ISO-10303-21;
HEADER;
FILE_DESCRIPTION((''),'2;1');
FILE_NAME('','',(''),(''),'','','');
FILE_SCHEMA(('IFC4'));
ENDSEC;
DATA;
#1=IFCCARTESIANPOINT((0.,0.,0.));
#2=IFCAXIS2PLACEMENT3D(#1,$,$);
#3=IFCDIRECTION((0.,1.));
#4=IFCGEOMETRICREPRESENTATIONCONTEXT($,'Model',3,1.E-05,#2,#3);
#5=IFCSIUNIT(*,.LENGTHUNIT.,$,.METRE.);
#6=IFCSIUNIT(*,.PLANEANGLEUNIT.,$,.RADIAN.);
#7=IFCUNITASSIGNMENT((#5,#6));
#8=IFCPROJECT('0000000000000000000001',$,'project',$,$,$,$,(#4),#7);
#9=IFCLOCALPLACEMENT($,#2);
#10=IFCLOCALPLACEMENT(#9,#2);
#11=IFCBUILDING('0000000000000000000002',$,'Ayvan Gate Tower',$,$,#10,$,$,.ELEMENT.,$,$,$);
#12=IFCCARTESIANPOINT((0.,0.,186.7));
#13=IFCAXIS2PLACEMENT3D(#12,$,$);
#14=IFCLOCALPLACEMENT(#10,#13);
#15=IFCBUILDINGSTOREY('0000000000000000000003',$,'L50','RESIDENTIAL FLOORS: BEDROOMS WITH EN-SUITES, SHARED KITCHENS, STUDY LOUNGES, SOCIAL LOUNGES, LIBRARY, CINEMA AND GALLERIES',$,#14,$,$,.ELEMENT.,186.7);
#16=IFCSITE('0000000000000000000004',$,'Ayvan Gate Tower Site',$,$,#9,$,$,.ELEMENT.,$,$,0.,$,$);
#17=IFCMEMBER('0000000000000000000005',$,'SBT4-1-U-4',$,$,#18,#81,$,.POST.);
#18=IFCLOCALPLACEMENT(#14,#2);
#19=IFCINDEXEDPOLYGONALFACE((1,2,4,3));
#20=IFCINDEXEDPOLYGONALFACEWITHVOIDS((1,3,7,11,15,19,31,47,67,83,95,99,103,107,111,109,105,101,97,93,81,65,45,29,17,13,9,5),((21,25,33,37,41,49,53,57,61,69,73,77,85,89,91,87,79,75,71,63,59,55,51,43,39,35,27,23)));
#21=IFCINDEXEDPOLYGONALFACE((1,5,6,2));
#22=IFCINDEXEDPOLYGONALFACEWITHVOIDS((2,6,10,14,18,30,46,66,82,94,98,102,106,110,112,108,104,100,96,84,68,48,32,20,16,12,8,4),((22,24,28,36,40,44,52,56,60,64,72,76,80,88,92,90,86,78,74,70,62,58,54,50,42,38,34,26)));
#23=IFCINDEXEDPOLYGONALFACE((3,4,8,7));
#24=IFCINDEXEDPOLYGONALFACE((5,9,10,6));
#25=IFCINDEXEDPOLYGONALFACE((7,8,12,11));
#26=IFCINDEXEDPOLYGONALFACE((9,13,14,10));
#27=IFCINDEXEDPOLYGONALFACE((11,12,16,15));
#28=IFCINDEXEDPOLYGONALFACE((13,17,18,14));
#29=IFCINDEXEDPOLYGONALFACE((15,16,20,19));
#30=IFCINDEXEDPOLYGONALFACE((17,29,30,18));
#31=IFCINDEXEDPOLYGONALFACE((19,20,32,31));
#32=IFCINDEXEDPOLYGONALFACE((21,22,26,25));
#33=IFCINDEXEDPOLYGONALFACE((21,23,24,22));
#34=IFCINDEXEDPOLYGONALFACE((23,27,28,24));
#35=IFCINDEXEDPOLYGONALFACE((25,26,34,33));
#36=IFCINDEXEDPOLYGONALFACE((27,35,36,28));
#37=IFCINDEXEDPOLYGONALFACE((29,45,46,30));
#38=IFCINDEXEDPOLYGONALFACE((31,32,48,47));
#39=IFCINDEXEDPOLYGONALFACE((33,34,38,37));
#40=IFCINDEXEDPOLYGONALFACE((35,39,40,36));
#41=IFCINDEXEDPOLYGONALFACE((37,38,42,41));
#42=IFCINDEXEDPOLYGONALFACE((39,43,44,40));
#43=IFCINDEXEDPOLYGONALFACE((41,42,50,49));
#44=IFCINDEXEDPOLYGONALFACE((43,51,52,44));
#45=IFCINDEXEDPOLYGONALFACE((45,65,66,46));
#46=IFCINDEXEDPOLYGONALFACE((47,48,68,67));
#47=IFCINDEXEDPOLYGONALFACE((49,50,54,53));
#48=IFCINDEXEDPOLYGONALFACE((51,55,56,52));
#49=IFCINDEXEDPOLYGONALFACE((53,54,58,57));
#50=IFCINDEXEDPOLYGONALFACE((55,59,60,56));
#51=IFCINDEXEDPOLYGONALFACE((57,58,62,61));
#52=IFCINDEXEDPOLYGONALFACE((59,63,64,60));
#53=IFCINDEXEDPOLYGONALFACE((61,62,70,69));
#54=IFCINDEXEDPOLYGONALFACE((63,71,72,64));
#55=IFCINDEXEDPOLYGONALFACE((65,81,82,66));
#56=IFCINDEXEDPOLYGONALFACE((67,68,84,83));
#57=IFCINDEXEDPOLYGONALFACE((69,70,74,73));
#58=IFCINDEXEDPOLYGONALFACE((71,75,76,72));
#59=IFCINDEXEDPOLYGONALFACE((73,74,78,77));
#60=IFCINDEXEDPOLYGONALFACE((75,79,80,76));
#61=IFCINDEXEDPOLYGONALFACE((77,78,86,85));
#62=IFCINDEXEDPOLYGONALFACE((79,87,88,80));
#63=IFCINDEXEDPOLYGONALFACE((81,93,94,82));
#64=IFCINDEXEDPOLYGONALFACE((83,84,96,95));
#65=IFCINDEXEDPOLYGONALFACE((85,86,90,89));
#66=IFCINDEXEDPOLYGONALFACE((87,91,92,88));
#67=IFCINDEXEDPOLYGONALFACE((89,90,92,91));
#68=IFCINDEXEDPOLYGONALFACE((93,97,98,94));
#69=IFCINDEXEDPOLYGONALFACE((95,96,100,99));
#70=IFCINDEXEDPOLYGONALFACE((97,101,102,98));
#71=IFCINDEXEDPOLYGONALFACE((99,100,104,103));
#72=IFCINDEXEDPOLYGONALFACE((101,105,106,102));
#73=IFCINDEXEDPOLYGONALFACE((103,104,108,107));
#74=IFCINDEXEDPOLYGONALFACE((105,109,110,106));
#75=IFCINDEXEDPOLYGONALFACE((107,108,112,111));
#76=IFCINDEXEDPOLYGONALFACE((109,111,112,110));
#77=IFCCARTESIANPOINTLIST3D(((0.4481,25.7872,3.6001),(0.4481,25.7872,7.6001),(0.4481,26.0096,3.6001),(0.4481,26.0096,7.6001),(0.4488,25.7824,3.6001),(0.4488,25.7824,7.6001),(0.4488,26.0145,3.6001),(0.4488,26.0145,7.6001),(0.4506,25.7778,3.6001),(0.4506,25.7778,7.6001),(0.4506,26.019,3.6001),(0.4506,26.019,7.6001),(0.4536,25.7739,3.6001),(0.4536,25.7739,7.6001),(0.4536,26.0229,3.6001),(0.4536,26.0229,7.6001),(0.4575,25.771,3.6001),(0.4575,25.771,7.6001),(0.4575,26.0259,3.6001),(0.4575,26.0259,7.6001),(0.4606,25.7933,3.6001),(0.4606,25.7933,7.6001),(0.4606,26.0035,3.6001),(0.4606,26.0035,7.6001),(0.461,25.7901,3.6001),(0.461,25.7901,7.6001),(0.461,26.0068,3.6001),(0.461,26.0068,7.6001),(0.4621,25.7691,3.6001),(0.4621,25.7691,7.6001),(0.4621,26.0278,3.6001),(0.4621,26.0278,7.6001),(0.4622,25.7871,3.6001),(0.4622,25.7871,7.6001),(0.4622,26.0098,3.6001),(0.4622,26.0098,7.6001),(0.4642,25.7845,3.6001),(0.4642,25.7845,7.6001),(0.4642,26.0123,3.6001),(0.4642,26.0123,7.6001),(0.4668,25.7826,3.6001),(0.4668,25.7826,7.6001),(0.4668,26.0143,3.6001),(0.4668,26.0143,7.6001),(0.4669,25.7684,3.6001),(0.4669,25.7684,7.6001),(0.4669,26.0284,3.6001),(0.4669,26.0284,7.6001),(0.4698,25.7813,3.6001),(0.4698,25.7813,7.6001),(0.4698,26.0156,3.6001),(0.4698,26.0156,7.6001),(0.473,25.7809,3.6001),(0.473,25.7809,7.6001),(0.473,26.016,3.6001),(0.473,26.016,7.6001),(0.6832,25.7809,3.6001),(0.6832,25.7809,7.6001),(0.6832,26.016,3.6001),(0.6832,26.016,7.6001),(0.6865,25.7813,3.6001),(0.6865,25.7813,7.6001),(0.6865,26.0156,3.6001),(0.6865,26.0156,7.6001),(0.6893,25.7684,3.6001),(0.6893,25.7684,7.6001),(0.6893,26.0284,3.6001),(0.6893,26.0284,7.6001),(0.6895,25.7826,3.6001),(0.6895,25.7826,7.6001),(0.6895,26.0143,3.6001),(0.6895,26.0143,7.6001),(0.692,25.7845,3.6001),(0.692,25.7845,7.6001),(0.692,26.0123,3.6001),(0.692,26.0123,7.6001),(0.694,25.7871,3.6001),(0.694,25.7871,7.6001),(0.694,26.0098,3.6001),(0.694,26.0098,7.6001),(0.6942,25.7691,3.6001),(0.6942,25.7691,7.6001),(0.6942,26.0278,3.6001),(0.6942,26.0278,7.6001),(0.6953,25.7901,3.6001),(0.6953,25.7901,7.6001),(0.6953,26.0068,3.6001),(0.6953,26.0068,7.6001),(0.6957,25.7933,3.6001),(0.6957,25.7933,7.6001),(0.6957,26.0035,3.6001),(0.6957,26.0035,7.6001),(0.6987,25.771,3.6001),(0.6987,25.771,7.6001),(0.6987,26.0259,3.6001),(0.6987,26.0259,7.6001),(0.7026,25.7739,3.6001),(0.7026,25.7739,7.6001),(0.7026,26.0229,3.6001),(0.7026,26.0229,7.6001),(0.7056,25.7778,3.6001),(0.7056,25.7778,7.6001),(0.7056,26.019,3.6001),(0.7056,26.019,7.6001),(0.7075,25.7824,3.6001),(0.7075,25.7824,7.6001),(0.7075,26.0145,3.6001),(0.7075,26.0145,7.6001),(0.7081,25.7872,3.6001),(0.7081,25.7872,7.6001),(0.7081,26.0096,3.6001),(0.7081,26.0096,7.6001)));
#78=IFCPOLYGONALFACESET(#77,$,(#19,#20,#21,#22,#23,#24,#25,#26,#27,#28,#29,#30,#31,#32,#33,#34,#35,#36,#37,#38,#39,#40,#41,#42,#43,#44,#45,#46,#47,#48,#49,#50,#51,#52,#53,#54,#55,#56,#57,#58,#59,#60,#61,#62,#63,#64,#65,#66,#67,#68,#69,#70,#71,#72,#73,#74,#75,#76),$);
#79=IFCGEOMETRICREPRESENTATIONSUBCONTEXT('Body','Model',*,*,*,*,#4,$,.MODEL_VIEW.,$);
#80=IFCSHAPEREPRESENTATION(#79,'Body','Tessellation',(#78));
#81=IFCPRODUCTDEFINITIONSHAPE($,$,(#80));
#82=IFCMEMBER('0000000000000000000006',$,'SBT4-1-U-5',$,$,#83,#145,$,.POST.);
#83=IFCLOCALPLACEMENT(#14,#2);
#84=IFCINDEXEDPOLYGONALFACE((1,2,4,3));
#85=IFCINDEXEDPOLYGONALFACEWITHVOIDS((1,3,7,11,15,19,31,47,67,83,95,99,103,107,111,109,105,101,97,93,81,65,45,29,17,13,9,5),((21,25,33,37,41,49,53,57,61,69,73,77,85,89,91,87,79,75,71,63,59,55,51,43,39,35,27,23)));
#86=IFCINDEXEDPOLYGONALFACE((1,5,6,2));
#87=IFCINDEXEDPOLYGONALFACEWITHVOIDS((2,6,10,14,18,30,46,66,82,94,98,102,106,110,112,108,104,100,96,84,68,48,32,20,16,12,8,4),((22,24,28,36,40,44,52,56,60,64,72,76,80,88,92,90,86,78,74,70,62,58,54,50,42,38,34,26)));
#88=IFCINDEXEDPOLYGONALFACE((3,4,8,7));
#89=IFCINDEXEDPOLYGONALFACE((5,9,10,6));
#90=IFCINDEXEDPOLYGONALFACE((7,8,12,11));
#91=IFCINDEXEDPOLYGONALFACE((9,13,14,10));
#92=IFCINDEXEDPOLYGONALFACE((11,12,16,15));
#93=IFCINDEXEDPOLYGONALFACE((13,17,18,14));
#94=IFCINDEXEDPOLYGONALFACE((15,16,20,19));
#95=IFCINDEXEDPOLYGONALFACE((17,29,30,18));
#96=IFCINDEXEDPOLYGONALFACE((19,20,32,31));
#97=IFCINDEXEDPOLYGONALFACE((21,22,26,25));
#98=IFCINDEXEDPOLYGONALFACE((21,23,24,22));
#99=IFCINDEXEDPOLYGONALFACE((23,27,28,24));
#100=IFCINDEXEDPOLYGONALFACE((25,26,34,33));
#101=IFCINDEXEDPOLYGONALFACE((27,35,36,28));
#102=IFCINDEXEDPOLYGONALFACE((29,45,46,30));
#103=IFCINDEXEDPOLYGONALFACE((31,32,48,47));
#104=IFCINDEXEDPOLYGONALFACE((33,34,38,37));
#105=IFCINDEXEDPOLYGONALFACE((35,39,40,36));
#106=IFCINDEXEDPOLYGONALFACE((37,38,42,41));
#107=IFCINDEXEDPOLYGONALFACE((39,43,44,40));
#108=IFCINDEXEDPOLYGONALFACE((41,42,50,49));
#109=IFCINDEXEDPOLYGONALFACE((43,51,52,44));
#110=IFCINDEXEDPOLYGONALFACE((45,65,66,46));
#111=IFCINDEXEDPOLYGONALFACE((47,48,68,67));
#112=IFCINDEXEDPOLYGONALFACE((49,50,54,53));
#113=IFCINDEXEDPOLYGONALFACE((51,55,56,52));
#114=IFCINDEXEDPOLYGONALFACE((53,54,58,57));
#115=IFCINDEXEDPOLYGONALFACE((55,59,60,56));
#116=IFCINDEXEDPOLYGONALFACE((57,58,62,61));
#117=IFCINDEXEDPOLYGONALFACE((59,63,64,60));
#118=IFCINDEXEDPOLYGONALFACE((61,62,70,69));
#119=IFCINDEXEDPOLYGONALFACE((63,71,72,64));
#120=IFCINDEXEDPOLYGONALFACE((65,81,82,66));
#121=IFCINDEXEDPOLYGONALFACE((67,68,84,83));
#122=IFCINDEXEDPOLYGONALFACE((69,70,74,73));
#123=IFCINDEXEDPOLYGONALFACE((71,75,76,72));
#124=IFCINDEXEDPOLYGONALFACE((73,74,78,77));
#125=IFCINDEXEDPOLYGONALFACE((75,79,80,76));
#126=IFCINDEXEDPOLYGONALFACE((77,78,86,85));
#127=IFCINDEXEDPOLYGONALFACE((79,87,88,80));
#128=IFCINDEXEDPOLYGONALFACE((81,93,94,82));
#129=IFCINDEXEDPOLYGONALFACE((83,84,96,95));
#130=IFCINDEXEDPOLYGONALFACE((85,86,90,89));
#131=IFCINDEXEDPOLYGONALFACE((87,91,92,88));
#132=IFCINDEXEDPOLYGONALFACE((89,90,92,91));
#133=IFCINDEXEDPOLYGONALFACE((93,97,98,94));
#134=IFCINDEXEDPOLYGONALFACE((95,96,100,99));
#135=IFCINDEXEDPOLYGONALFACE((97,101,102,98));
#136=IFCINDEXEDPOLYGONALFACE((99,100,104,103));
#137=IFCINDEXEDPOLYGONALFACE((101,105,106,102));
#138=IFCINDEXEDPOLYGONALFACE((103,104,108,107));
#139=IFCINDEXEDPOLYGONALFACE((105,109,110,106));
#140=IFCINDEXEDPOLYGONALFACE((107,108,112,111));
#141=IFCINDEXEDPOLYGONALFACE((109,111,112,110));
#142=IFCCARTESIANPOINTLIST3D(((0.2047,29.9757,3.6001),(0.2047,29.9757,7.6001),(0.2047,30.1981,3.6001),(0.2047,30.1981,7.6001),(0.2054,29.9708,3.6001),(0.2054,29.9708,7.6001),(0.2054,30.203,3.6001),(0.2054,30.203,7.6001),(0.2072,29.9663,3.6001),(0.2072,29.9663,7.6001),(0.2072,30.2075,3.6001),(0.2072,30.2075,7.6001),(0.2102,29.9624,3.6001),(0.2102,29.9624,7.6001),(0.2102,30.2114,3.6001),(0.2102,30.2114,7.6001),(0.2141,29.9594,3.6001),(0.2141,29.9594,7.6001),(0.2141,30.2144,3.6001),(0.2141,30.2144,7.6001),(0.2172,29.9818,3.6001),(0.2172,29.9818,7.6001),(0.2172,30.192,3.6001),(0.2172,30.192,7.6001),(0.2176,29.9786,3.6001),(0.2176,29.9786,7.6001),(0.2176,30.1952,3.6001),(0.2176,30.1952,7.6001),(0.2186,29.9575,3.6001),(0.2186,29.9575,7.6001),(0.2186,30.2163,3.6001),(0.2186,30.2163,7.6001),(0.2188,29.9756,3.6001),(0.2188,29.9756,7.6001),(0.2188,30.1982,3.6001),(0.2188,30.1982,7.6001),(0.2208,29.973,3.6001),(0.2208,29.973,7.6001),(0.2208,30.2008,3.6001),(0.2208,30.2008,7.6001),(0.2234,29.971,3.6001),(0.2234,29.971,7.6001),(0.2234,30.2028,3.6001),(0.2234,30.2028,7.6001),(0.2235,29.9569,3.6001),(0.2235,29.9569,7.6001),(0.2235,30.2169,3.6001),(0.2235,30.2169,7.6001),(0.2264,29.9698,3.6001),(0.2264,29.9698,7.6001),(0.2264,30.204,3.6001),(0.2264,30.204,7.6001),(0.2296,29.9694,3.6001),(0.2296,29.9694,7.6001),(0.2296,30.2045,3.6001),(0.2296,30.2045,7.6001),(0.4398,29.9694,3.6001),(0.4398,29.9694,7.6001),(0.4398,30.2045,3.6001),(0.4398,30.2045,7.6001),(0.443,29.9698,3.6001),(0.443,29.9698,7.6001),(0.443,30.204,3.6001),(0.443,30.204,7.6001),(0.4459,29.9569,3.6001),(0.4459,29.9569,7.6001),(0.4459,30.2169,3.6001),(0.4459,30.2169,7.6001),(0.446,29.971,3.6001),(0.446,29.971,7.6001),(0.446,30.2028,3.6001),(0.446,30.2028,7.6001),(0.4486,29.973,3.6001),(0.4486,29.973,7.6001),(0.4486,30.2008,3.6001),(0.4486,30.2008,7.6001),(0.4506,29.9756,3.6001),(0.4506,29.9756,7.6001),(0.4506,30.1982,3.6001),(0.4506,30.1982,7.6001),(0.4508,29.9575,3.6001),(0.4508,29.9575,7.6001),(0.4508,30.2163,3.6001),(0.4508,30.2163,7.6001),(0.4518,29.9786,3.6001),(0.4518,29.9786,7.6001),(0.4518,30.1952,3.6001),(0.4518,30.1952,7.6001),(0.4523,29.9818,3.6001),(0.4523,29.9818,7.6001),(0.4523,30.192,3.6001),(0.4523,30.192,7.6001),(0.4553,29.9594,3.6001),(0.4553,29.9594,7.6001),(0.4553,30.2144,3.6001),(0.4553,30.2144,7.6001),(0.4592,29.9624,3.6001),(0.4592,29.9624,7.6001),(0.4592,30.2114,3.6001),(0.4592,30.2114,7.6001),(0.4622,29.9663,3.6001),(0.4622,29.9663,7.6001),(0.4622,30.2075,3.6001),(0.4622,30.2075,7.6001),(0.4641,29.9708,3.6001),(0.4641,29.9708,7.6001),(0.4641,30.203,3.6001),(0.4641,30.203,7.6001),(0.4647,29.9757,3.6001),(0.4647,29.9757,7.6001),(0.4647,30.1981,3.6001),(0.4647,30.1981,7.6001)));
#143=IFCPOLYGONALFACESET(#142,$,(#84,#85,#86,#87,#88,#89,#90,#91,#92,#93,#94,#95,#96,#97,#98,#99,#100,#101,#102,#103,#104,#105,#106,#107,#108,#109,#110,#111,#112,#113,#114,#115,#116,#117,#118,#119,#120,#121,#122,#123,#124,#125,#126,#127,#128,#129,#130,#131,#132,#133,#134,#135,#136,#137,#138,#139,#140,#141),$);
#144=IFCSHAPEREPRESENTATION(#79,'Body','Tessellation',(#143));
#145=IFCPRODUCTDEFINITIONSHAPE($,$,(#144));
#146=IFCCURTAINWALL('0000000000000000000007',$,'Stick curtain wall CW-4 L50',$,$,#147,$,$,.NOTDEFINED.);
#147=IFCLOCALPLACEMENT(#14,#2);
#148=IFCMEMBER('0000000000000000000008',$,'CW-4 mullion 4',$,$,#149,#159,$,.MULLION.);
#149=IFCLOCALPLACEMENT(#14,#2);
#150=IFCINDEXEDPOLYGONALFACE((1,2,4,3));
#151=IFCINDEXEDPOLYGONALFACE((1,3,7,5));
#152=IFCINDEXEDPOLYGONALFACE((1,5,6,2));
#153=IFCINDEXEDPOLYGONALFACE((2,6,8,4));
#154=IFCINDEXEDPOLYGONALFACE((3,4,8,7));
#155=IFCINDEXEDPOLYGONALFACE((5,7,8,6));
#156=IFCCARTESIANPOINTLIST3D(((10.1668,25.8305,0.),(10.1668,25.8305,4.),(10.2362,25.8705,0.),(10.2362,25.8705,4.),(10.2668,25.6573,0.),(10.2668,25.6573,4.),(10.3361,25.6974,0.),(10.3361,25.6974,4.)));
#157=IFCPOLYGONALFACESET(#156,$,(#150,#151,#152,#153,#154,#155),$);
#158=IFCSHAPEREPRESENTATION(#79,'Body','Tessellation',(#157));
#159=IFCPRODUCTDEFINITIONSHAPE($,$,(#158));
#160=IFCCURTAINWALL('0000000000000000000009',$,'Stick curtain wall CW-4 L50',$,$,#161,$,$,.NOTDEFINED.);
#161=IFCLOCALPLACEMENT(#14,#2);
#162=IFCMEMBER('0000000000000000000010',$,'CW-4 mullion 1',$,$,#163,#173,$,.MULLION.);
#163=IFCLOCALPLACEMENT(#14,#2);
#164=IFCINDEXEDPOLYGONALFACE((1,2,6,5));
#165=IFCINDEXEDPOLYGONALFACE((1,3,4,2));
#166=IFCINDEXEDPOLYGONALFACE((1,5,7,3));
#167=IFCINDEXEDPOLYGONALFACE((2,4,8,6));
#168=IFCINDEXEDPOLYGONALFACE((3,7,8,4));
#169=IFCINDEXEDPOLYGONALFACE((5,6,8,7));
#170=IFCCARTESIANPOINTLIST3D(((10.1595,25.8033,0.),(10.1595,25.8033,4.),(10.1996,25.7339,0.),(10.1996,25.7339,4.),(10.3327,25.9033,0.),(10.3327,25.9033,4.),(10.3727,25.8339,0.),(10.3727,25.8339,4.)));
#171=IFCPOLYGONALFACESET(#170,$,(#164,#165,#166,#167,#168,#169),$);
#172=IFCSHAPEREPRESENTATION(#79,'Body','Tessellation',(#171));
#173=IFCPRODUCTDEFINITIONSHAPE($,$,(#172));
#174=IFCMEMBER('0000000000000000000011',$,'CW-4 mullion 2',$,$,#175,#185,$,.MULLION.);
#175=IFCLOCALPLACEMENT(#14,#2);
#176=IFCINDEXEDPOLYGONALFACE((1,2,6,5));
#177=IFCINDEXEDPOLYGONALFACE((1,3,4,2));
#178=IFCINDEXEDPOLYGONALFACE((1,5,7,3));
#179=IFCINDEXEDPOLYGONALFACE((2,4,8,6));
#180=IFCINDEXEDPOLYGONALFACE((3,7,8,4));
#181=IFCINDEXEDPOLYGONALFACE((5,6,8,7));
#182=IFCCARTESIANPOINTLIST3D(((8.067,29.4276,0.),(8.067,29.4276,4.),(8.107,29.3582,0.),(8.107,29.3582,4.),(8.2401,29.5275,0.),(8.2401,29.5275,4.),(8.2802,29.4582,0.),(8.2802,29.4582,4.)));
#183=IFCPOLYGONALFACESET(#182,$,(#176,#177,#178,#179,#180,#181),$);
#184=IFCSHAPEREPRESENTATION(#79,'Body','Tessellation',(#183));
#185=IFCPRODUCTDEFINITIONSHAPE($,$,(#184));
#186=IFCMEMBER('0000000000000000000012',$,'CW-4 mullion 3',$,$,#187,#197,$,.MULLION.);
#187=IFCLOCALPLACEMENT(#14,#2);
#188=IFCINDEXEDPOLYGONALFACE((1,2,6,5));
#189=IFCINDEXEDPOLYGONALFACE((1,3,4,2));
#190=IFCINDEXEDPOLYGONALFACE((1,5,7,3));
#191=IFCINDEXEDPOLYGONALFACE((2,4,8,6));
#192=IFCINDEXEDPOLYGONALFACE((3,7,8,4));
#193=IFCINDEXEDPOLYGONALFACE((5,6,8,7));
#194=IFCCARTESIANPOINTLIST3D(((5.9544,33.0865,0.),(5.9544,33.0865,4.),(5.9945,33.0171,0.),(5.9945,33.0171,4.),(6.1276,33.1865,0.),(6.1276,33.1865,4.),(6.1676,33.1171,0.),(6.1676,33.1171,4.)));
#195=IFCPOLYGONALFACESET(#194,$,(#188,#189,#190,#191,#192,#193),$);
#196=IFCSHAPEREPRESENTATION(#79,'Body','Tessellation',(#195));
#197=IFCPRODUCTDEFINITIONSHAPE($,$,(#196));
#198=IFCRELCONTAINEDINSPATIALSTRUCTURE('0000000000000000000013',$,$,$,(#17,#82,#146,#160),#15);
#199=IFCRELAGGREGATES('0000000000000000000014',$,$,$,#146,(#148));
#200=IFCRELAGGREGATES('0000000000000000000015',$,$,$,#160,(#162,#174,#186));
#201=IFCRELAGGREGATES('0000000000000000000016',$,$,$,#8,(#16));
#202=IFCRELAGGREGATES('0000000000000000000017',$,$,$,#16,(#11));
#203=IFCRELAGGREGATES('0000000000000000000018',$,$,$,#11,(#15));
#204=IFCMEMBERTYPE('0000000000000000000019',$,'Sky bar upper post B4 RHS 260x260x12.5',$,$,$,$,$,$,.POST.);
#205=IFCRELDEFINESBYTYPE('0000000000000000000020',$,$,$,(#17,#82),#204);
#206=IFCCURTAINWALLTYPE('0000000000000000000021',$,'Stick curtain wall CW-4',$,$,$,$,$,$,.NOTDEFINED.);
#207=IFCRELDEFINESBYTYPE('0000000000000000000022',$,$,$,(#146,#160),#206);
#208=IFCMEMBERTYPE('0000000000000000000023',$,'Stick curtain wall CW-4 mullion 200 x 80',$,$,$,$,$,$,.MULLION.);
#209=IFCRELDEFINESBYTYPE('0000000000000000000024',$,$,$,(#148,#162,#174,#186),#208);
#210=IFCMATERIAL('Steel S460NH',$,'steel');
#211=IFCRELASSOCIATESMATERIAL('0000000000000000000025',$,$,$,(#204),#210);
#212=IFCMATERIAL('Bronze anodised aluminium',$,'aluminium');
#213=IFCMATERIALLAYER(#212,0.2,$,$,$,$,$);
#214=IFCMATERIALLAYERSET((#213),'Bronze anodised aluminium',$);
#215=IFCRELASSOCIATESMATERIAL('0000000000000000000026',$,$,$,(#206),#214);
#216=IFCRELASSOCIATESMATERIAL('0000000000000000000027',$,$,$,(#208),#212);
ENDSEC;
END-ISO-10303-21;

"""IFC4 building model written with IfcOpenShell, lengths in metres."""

from ifc_helpers import new_model, si_unit, direction, frame, origin, origin_2d, place, context, subcontext, project, spatial, rectangle, hollow_rectangle, extrude, material, layer, layer_set, material_profile, profile_set, type_object, element, aggregate, save


model = new_model("IFC4")

# Units and contexts
model_context = context("Model", 3, precision=1e-05, world=origin(), true_north=direction((0.0, 1.0)))
body_context = subcontext(model_context, "Body", "Model", "MODEL_VIEW")
ifc_project = project(units=[si_unit("LENGTHUNIT", "METRE"), si_unit("PLANEANGLEUNIT", "RADIAN")], contexts=[model_context])

# Site, building, storey
site_placement = place(None, origin())
site = spatial("IfcSite", under=ifc_project, at=site_placement, Name="Ayvan Gate Tower Site", CompositionType="ELEMENT", RefElevation=0.0)
building_placement = place(site_placement, origin())
building = spatial("IfcBuilding", under=site, at=building_placement, Name="Ayvan Gate Tower", CompositionType="ELEMENT")
storey_placement = place(building_placement, frame((0.0, 0.0, 186.7)))
storey = spatial("IfcBuildingStorey", under=building, at=storey_placement, Name="L50", Description="RESIDENTIAL FLOORS: BEDROOMS WITH EN-SUITES, SHARED KITCHENS, STUDY LOUNGES, SOCIAL LOUNGES, LIBRARY, CINEMA AND GALLERIES", CompositionType="ELEMENT", Elevation=186.7)

# Members
ifc_material_1 = material(Name="Steel S460NH", Category="steel")
ifc_material_profile_1 = material_profile(ifc_material_1, hollow_rectangle(XDim=0.26, YDim=0.26, WallThickness=0.0125, InnerFilletRadius=0.0125, OuterFilletRadius=0.0188, at=origin_2d()), Name="RHS 260x260x12.5")
ifc_profile_set_1 = profile_set([ifc_material_profile_1], Name="Steel S460NH")
member_type_1 = type_object("IfcMemberType", Name="Sky bar upper post B4 RHS 260x260x12.5", PredefinedType="POST", material=ifc_profile_set_1)
for number, where, z_axis, x_axis, name in (
    (1, (0.5781, 25.8984, 3.6001), (0.0, 0.0, 1.0), (1.0, 0.0, 0.0), "SBT4-1-U-4"),
    (2, (0.3347, 30.0869, 3.6001), (0.0, 0.0, 1.0), (1.0, 0.0, 0.0), "SBT4-1-U-5"),
):
    element("IfcMember", number, at=place(storey_placement, frame(where, z_axis=z_axis, x_axis=x_axis)), inside=storey, type_object=member_type_1, Name=name, PredefinedType="POST", context=body_context, shape_type="SweptSolid", body=[
        extrude(hollow_rectangle(XDim=0.26, YDim=0.26, WallThickness=0.0125, InnerFilletRadius=0.0125, OuterFilletRadius=0.0188, at=origin_2d()), origin(), (0.0, 0.0, 1.0), 4.0),
    ])

# Curtain wall, member
ifc_material_2 = material(Name="Bronze anodised aluminium", Category="aluminium")
ifc_layer_1 = layer(ifc_material_2, 0.2)
ifc_layer_set_1 = layer_set([ifc_layer_1], Name="Bronze anodised aluminium")
curtain_wall_type = type_object("IfcCurtainWallType", Name="Stick curtain wall CW-4", PredefinedType="NOTDEFINED", material=ifc_layer_set_1)
curtain_wall_1_placement = place(storey_placement, origin())
curtain_wall_1 = element("IfcCurtainWall", 3, at=curtain_wall_1_placement, inside=storey, type_object=curtain_wall_type, Name="Stick curtain wall CW-4 L50", PredefinedType="NOTDEFINED")
ifc_material_profile_2 = material_profile(ifc_material_2, rectangle(XDim=0.2, YDim=0.0801, at=origin_2d()), Name="Stick curtain wall CW-4 mullion 200 x 80")
ifc_profile_set_2 = profile_set([ifc_material_profile_2], Name="Bronze anodised aluminium")
member_type_2 = type_object("IfcMemberType", Name="Stick curtain wall CW-4 mullion 200 x 80", PredefinedType="MULLION", material=ifc_profile_set_2)
member_1_placement = place(storey_placement, frame((10.2515, 25.7639, 0.0), z_axis=(0.0, 0.0, 1.0), x_axis=(0.5, -0.866025, 0.0)))
member_1 = element("IfcMember", 4, at=member_1_placement, type_object=member_type_2, Name="CW-4 mullion 4", PredefinedType="MULLION", context=body_context, shape_type="SweptSolid", body=[
    extrude(rectangle(XDim=0.2, YDim=0.0801, at=origin_2d()), origin(), (0.0, 0.0, 1.0), 4.0),
])

# Curtain wall, members
curtain_wall_2_placement = place(storey_placement, origin())
curtain_wall_2 = element("IfcCurtainWall", 5, at=curtain_wall_2_placement, inside=storey, type_object=curtain_wall_type, Name="Stick curtain wall CW-4 L50", PredefinedType="NOTDEFINED")
member_2_placement = place(storey_placement, frame((10.2661, 25.8186, 0.0), z_axis=(0.0, 0.0, 1.0), x_axis=(0.866025, 0.5, 0.0)))
member_2 = element("IfcMember", 6, at=member_2_placement, type_object=member_type_2, Name="CW-4 mullion 1", PredefinedType="MULLION", context=body_context, shape_type="SweptSolid", body=[
    extrude(rectangle(XDim=0.2, YDim=0.0801, at=origin_2d()), origin(), (0.0, 0.0, 1.0), 4.0),
])
member_3_placement = place(storey_placement, frame((8.1736, 29.4429, 0.0), z_axis=(0.0, 0.0, 1.0), x_axis=(0.866025, 0.5, 0.0)))
member_3 = element("IfcMember", 7, at=member_3_placement, type_object=member_type_2, Name="CW-4 mullion 2", PredefinedType="MULLION", context=body_context, shape_type="SweptSolid", body=[
    extrude(rectangle(XDim=0.2, YDim=0.0801, at=origin_2d()), origin(), (0.0, 0.0, 1.0), 4.0),
])
member_4_placement = place(storey_placement, frame((6.061, 33.1018, 0.0), z_axis=(0.0, 0.0, 1.0), x_axis=(0.866025, 0.5, 0.0)))
member_4 = element("IfcMember", 8, at=member_4_placement, type_object=member_type_2, Name="CW-4 mullion 3", PredefinedType="MULLION", context=body_context, shape_type="SweptSolid", body=[
    extrude(rectangle(XDim=0.2, YDim=0.0801, at=origin_2d()), origin(), (0.0, 0.0, 1.0), 4.0),
])

aggregate(curtain_wall_1, [member_1])
aggregate(curtain_wall_2, [member_2, member_3, member_4])

save(model, "model.ifc")
